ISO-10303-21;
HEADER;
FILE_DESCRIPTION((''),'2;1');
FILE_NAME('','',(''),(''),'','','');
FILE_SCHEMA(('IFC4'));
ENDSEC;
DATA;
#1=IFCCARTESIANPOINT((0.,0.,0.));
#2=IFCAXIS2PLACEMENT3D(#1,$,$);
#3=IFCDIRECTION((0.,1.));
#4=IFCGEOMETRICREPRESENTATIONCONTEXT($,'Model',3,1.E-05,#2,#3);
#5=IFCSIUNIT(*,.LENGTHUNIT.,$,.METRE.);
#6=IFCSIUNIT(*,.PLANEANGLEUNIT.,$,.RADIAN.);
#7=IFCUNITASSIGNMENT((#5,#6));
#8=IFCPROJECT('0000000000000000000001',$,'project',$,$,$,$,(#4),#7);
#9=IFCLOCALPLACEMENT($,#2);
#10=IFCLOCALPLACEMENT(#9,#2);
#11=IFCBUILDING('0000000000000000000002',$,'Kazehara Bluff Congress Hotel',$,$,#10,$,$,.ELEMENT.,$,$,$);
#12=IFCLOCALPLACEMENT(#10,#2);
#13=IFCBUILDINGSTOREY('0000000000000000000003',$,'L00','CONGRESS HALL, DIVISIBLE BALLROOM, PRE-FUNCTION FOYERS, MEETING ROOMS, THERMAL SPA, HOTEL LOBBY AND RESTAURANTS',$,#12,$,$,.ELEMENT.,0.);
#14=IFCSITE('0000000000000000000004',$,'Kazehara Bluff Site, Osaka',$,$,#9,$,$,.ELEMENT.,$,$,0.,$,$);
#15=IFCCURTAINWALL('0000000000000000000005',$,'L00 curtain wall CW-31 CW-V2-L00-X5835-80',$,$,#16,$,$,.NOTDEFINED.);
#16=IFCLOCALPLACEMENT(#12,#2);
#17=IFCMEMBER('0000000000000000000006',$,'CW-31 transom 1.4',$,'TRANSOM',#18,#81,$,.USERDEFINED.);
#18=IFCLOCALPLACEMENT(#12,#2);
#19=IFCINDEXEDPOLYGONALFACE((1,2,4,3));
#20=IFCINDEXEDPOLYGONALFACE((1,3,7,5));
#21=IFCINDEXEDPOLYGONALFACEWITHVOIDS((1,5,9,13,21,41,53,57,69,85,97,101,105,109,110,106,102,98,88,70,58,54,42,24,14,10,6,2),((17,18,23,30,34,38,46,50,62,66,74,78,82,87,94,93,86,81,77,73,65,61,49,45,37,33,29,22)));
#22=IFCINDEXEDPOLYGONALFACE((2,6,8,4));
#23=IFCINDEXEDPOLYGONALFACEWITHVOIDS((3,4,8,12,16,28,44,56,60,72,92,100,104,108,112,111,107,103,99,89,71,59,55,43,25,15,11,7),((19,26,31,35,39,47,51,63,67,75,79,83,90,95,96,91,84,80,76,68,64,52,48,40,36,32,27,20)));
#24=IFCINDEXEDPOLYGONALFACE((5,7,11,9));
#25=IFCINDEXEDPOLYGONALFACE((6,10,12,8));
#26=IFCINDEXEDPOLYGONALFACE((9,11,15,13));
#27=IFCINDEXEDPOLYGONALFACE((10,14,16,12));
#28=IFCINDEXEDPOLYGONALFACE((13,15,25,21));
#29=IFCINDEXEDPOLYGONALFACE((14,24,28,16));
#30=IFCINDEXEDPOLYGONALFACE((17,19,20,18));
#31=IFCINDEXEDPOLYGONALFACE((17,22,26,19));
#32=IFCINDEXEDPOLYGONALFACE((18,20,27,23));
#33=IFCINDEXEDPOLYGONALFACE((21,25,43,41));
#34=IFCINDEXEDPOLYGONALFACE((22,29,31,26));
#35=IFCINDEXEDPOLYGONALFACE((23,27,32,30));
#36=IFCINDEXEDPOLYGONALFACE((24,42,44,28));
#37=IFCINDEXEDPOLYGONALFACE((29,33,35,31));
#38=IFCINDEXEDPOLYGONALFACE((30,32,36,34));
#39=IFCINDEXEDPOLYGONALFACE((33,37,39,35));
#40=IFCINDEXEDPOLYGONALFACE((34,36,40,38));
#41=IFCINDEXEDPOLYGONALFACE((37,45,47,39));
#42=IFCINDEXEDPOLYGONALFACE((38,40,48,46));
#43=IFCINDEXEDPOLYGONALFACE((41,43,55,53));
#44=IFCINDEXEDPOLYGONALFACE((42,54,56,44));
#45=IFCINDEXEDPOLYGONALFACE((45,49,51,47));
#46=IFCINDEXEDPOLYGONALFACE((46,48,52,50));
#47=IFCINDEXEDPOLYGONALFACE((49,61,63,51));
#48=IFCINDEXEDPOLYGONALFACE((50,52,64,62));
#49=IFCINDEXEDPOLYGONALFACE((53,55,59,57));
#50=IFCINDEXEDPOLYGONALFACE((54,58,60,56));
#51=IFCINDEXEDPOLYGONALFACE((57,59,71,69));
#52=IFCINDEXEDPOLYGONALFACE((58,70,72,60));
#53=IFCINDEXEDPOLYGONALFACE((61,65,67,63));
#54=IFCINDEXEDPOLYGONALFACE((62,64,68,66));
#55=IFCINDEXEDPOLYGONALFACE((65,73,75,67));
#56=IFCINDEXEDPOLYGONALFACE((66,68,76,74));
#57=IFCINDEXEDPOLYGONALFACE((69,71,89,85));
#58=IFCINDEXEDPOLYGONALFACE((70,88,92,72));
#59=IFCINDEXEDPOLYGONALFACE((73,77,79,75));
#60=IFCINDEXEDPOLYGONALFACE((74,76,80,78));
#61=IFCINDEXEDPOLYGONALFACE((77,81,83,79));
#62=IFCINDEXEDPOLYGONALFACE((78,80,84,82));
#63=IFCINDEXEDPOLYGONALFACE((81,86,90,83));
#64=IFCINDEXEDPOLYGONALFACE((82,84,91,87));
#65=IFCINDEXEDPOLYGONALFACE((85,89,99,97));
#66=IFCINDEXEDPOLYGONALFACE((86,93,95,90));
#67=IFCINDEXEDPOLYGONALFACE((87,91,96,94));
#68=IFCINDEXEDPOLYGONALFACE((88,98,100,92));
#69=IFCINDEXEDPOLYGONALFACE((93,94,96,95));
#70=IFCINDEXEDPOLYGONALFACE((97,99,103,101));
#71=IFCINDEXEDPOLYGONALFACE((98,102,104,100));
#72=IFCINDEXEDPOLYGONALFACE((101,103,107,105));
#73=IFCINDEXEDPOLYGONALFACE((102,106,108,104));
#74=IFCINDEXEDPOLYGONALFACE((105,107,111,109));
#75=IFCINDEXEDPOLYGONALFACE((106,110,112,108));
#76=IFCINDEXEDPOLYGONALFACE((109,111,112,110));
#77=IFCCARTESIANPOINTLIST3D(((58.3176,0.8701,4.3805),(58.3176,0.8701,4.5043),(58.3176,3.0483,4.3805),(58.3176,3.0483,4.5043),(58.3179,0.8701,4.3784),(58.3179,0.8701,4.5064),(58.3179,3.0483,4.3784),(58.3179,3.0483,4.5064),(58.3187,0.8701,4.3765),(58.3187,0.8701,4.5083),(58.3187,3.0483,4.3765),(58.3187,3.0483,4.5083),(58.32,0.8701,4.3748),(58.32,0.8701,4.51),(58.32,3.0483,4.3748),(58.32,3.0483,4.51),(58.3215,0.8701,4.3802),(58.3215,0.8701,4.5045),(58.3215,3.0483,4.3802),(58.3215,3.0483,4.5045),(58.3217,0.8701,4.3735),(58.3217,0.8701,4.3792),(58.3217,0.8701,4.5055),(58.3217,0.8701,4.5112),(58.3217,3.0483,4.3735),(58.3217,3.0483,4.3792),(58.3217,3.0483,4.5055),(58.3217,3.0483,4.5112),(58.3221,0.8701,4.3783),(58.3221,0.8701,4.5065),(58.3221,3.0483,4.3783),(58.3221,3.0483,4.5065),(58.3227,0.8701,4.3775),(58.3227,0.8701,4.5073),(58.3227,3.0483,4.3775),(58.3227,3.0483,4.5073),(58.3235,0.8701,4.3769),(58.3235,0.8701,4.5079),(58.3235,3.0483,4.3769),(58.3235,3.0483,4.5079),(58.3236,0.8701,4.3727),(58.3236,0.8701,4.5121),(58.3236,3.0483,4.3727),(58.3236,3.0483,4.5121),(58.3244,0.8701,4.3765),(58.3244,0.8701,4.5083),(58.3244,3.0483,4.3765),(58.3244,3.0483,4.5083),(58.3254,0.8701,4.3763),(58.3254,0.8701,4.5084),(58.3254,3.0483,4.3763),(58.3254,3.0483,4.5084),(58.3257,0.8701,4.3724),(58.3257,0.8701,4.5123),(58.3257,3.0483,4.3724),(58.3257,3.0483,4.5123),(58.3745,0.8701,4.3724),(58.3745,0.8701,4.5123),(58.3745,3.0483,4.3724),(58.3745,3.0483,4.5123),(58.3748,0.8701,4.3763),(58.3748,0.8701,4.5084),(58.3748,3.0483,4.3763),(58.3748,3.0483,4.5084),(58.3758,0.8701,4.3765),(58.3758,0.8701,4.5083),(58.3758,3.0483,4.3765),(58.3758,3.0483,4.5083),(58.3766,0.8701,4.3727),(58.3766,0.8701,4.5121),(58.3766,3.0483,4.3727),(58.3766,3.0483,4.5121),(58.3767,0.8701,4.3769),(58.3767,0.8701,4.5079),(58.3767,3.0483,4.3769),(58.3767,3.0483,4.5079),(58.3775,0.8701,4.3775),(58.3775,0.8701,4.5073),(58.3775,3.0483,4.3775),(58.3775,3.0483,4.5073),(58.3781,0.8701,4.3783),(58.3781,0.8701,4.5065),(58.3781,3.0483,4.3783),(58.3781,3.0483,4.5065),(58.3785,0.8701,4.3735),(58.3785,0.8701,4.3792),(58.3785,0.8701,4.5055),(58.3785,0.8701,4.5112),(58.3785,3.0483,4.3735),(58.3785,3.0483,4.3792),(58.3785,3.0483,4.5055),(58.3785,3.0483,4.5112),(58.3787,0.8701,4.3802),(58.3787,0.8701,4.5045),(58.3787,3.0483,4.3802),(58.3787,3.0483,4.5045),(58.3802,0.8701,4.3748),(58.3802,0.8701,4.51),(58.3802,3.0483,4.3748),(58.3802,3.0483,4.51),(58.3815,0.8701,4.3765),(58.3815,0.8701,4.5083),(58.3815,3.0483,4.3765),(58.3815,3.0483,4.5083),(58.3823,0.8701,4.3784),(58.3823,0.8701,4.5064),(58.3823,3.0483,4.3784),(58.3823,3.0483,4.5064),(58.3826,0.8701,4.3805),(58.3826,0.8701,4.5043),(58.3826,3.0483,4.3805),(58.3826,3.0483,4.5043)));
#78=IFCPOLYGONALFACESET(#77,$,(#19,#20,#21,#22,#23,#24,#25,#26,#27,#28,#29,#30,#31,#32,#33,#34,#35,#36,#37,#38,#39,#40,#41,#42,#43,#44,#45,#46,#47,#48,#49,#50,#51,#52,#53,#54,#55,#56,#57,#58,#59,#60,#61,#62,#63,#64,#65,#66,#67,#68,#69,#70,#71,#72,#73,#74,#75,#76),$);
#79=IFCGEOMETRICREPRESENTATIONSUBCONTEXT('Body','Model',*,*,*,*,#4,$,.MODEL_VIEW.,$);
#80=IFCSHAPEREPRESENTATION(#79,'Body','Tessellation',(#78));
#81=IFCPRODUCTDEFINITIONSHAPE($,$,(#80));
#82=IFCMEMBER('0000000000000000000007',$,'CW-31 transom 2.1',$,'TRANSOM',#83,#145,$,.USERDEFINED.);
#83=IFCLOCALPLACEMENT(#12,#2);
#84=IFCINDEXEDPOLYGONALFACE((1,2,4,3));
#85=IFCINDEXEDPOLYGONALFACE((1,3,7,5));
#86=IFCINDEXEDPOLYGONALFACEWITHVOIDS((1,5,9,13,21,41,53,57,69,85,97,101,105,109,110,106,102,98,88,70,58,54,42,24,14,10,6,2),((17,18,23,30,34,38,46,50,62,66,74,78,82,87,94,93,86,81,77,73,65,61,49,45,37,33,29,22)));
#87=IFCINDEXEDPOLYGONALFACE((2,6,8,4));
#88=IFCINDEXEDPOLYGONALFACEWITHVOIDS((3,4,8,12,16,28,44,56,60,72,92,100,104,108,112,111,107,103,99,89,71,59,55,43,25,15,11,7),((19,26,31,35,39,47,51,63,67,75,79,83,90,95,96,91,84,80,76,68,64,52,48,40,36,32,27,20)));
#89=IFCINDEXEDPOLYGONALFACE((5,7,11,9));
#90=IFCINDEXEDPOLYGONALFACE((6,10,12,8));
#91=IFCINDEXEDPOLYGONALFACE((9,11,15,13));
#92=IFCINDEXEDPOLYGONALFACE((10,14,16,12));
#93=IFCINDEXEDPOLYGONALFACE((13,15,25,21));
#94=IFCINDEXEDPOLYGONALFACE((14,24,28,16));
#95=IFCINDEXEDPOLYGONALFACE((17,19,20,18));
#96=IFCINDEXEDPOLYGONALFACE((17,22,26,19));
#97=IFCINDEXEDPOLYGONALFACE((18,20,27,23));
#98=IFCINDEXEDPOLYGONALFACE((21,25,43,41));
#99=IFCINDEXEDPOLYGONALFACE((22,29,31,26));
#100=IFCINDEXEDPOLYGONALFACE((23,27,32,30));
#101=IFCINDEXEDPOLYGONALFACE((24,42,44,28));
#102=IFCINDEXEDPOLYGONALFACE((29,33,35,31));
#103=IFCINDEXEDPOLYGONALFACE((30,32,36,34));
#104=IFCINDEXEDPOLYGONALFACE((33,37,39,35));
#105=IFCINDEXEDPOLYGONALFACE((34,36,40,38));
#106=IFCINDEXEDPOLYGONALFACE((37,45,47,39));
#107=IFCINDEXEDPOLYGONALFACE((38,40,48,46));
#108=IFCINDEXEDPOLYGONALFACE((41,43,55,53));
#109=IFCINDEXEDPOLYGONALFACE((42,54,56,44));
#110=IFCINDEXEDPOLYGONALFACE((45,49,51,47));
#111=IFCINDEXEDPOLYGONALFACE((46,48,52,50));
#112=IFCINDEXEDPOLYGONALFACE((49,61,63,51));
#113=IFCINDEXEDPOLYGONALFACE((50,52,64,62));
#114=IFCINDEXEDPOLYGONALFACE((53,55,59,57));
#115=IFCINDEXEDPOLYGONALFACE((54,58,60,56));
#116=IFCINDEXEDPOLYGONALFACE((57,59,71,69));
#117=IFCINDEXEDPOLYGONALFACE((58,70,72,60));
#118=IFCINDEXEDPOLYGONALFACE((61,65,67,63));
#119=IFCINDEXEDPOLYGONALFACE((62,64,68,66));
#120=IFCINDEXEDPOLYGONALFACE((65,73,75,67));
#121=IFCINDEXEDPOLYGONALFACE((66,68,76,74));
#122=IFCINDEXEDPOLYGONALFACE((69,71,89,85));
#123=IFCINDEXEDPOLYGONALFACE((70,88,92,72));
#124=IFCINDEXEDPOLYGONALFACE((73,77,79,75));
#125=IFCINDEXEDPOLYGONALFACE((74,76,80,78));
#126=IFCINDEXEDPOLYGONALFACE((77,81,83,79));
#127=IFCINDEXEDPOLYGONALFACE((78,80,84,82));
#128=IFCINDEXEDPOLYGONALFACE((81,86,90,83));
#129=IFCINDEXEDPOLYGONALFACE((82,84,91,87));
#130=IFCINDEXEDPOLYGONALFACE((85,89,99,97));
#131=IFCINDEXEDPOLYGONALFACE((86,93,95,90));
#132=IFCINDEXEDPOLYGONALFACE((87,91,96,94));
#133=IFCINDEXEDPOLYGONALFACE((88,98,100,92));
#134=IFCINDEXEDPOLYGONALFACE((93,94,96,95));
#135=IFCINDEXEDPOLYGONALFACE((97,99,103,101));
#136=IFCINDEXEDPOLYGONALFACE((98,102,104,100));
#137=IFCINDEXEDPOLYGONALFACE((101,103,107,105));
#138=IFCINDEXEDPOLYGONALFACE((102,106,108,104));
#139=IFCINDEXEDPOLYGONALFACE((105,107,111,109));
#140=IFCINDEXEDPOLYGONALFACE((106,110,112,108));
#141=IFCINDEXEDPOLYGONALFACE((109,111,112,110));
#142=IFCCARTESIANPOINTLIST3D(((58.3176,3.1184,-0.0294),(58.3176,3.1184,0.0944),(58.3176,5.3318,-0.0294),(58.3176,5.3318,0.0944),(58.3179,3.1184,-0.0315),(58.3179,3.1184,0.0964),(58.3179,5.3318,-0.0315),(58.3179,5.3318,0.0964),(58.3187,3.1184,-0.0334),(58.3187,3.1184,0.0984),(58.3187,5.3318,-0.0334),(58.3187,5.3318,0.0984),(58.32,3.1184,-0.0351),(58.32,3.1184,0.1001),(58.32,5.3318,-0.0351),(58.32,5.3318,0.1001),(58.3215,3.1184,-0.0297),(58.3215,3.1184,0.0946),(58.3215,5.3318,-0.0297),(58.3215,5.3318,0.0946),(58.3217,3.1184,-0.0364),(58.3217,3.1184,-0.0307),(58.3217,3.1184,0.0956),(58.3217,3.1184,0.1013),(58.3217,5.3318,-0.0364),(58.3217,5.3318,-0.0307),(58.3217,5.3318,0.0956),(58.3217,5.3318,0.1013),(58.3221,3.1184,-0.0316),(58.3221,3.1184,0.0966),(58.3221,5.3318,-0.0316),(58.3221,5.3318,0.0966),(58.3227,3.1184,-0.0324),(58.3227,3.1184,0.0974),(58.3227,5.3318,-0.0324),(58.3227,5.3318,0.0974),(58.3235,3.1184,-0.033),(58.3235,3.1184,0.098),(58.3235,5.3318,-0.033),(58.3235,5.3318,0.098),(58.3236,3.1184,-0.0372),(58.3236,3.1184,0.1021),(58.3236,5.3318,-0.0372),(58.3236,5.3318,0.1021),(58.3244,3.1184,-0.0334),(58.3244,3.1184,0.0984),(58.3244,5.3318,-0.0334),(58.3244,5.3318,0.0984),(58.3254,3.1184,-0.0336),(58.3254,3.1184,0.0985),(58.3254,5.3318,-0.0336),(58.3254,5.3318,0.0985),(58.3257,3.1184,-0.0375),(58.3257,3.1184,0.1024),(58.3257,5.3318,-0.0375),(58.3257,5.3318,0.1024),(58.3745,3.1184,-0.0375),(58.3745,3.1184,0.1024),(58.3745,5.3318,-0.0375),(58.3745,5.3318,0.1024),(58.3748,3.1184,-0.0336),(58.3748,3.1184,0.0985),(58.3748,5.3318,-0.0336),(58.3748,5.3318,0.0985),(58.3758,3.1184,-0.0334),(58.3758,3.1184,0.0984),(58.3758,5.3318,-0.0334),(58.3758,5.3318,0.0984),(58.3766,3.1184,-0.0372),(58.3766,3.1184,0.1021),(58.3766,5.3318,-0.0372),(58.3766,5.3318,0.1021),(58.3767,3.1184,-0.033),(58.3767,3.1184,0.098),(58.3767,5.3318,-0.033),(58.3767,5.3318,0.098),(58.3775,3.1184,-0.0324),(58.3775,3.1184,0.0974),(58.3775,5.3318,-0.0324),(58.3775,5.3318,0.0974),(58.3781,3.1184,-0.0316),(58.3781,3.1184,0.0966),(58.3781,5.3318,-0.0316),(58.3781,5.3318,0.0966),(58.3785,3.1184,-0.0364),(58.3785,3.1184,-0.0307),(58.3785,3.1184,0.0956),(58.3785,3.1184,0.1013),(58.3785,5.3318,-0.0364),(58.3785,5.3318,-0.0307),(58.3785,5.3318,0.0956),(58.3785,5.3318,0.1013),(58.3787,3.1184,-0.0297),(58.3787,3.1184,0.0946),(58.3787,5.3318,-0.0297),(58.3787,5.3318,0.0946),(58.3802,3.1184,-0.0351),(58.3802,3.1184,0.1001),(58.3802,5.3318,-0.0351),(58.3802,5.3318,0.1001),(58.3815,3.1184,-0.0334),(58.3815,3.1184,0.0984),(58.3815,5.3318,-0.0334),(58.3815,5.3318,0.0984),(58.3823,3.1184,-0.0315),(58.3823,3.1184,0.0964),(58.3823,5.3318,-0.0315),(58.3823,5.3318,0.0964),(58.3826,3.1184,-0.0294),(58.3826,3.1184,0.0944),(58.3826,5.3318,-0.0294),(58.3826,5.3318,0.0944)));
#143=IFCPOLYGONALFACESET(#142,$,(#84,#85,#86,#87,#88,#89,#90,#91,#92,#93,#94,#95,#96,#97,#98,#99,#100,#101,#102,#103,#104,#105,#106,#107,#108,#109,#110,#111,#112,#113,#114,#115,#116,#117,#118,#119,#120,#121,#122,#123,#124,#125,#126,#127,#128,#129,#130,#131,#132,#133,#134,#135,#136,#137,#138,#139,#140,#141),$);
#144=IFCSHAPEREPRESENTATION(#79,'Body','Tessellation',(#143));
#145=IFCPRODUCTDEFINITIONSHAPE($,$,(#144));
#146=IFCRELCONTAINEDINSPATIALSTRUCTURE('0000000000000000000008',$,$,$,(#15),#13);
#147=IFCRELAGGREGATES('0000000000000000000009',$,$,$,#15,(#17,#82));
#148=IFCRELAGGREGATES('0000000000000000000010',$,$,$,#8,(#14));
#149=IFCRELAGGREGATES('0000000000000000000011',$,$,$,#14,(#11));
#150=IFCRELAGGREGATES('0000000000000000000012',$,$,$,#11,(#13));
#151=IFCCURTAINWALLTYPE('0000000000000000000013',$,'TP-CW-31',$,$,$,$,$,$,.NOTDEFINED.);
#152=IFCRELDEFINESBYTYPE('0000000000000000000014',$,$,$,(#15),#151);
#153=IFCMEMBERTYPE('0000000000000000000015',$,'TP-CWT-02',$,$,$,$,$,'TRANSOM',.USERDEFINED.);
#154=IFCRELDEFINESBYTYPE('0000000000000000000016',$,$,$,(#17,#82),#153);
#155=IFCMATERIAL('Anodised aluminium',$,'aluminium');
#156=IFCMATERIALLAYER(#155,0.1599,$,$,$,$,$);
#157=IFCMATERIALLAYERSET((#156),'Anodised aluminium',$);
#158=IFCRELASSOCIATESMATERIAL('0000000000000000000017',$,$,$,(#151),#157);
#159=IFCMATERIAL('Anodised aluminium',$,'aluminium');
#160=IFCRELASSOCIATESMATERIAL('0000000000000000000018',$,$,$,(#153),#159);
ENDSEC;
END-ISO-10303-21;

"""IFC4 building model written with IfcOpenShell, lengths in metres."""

from ifc_helpers import new_model, si_unit, direction, frame, origin, origin_2d, place, context, subcontext, project, spatial, hollow_rectangle, extrude, material, layer, layer_set, material_profile, profile_set, type_object, element, aggregate, save


model = new_model("IFC4")

# Units and contexts
model_context = context("Model", 3, precision=1e-05, world=origin(), true_north=direction((0.0, 1.0)))
body_context = subcontext(model_context, "Body", "Model", "MODEL_VIEW")
ifc_project = project(units=[si_unit("LENGTHUNIT", "METRE"), si_unit("PLANEANGLEUNIT", "RADIAN")], contexts=[model_context])

# Site, building, storey
site_placement = place(None, origin())
site = spatial("IfcSite", under=ifc_project, at=site_placement, Name="Kazehara Bluff Site, Osaka", CompositionType="ELEMENT", RefElevation=0.0)
building_placement = place(site_placement, origin())
building = spatial("IfcBuilding", under=site, at=building_placement, Name="Kazehara Bluff Congress Hotel", CompositionType="ELEMENT")
storey_placement = place(building_placement, origin())
storey = spatial("IfcBuildingStorey", under=building, at=storey_placement, Name="L00", Description="CONGRESS HALL, DIVISIBLE BALLROOM, PRE-FUNCTION FOYERS, MEETING ROOMS, THERMAL SPA, HOTEL LOBBY AND RESTAURANTS", CompositionType="ELEMENT", Elevation=0.0)

# Curtain wall, members
ifc_material_1 = material(Name="Anodised aluminium", Category="aluminium")
ifc_layer_1 = layer(ifc_material_1, 0.1599)
ifc_layer_set_1 = layer_set([ifc_layer_1], Name="Anodised aluminium")
curtain_wall_type = type_object("IfcCurtainWallType", Name="TP-CW-31", PredefinedType="NOTDEFINED", material=ifc_layer_set_1)
curtain_wall_placement = place(storey_placement, origin())
curtain_wall = element("IfcCurtainWall", 1, at=curtain_wall_placement, inside=storey, type_object=curtain_wall_type, Name="L00 curtain wall CW-31 CW-V2-L00-X5835-80", PredefinedType="NOTDEFINED")
ifc_material_2 = material(Name="Anodised aluminium", Category="aluminium")
ifc_material_profile_1 = material_profile(ifc_material_2, hollow_rectangle(XDim=0.0649, YDim=0.1399, WallThickness=0.0039, InnerFilletRadius=0.0039, OuterFilletRadius=0.0081, at=origin_2d()))
ifc_profile_set_1 = profile_set([ifc_material_profile_1], Name="Anodised aluminium")
member_type_1 = type_object("IfcMemberType", Name="TP-CWT-02", ElementType="TRANSOM", PredefinedType="USERDEFINED", material=ifc_profile_set_1)
member_1_placement = place(storey_placement, frame((58.3501, 0.8701, 4.4424), z_axis=(0.0, 1.0, 0.0), x_axis=(-1.0, 0.0, 0.0)))
member_1 = element("IfcMember", 2, at=member_1_placement, type_object=member_type_1, Name="CW-31 transom 1.4", ObjectType="TRANSOM", PredefinedType="USERDEFINED", context=body_context, shape_type="SweptSolid", body=[
    extrude(hollow_rectangle(XDim=0.0649, YDim=0.1399, WallThickness=0.0039, InnerFilletRadius=0.0039, OuterFilletRadius=0.0081, at=origin_2d()), origin(), (0.0, 0.0, 1.0), 2.1782),
])
member_2_placement = place(storey_placement, frame((58.3501, 3.1184, 0.0325), z_axis=(0.0, 1.0, 0.0), x_axis=(-1.0, 0.0, 0.0)))
member_2 = element("IfcMember", 3, at=member_2_placement, type_object=member_type_1, Name="CW-31 transom 2.1", ObjectType="TRANSOM", PredefinedType="USERDEFINED", context=body_context, shape_type="SweptSolid", body=[
    extrude(hollow_rectangle(XDim=0.0649, YDim=0.1399, WallThickness=0.0039, InnerFilletRadius=0.0039, OuterFilletRadius=0.0081, at=origin_2d()), origin(), (0.0, 0.0, 1.0), 2.2134),
])

aggregate(curtain_wall, [member_1, member_2])

save(model, "model.ifc")
